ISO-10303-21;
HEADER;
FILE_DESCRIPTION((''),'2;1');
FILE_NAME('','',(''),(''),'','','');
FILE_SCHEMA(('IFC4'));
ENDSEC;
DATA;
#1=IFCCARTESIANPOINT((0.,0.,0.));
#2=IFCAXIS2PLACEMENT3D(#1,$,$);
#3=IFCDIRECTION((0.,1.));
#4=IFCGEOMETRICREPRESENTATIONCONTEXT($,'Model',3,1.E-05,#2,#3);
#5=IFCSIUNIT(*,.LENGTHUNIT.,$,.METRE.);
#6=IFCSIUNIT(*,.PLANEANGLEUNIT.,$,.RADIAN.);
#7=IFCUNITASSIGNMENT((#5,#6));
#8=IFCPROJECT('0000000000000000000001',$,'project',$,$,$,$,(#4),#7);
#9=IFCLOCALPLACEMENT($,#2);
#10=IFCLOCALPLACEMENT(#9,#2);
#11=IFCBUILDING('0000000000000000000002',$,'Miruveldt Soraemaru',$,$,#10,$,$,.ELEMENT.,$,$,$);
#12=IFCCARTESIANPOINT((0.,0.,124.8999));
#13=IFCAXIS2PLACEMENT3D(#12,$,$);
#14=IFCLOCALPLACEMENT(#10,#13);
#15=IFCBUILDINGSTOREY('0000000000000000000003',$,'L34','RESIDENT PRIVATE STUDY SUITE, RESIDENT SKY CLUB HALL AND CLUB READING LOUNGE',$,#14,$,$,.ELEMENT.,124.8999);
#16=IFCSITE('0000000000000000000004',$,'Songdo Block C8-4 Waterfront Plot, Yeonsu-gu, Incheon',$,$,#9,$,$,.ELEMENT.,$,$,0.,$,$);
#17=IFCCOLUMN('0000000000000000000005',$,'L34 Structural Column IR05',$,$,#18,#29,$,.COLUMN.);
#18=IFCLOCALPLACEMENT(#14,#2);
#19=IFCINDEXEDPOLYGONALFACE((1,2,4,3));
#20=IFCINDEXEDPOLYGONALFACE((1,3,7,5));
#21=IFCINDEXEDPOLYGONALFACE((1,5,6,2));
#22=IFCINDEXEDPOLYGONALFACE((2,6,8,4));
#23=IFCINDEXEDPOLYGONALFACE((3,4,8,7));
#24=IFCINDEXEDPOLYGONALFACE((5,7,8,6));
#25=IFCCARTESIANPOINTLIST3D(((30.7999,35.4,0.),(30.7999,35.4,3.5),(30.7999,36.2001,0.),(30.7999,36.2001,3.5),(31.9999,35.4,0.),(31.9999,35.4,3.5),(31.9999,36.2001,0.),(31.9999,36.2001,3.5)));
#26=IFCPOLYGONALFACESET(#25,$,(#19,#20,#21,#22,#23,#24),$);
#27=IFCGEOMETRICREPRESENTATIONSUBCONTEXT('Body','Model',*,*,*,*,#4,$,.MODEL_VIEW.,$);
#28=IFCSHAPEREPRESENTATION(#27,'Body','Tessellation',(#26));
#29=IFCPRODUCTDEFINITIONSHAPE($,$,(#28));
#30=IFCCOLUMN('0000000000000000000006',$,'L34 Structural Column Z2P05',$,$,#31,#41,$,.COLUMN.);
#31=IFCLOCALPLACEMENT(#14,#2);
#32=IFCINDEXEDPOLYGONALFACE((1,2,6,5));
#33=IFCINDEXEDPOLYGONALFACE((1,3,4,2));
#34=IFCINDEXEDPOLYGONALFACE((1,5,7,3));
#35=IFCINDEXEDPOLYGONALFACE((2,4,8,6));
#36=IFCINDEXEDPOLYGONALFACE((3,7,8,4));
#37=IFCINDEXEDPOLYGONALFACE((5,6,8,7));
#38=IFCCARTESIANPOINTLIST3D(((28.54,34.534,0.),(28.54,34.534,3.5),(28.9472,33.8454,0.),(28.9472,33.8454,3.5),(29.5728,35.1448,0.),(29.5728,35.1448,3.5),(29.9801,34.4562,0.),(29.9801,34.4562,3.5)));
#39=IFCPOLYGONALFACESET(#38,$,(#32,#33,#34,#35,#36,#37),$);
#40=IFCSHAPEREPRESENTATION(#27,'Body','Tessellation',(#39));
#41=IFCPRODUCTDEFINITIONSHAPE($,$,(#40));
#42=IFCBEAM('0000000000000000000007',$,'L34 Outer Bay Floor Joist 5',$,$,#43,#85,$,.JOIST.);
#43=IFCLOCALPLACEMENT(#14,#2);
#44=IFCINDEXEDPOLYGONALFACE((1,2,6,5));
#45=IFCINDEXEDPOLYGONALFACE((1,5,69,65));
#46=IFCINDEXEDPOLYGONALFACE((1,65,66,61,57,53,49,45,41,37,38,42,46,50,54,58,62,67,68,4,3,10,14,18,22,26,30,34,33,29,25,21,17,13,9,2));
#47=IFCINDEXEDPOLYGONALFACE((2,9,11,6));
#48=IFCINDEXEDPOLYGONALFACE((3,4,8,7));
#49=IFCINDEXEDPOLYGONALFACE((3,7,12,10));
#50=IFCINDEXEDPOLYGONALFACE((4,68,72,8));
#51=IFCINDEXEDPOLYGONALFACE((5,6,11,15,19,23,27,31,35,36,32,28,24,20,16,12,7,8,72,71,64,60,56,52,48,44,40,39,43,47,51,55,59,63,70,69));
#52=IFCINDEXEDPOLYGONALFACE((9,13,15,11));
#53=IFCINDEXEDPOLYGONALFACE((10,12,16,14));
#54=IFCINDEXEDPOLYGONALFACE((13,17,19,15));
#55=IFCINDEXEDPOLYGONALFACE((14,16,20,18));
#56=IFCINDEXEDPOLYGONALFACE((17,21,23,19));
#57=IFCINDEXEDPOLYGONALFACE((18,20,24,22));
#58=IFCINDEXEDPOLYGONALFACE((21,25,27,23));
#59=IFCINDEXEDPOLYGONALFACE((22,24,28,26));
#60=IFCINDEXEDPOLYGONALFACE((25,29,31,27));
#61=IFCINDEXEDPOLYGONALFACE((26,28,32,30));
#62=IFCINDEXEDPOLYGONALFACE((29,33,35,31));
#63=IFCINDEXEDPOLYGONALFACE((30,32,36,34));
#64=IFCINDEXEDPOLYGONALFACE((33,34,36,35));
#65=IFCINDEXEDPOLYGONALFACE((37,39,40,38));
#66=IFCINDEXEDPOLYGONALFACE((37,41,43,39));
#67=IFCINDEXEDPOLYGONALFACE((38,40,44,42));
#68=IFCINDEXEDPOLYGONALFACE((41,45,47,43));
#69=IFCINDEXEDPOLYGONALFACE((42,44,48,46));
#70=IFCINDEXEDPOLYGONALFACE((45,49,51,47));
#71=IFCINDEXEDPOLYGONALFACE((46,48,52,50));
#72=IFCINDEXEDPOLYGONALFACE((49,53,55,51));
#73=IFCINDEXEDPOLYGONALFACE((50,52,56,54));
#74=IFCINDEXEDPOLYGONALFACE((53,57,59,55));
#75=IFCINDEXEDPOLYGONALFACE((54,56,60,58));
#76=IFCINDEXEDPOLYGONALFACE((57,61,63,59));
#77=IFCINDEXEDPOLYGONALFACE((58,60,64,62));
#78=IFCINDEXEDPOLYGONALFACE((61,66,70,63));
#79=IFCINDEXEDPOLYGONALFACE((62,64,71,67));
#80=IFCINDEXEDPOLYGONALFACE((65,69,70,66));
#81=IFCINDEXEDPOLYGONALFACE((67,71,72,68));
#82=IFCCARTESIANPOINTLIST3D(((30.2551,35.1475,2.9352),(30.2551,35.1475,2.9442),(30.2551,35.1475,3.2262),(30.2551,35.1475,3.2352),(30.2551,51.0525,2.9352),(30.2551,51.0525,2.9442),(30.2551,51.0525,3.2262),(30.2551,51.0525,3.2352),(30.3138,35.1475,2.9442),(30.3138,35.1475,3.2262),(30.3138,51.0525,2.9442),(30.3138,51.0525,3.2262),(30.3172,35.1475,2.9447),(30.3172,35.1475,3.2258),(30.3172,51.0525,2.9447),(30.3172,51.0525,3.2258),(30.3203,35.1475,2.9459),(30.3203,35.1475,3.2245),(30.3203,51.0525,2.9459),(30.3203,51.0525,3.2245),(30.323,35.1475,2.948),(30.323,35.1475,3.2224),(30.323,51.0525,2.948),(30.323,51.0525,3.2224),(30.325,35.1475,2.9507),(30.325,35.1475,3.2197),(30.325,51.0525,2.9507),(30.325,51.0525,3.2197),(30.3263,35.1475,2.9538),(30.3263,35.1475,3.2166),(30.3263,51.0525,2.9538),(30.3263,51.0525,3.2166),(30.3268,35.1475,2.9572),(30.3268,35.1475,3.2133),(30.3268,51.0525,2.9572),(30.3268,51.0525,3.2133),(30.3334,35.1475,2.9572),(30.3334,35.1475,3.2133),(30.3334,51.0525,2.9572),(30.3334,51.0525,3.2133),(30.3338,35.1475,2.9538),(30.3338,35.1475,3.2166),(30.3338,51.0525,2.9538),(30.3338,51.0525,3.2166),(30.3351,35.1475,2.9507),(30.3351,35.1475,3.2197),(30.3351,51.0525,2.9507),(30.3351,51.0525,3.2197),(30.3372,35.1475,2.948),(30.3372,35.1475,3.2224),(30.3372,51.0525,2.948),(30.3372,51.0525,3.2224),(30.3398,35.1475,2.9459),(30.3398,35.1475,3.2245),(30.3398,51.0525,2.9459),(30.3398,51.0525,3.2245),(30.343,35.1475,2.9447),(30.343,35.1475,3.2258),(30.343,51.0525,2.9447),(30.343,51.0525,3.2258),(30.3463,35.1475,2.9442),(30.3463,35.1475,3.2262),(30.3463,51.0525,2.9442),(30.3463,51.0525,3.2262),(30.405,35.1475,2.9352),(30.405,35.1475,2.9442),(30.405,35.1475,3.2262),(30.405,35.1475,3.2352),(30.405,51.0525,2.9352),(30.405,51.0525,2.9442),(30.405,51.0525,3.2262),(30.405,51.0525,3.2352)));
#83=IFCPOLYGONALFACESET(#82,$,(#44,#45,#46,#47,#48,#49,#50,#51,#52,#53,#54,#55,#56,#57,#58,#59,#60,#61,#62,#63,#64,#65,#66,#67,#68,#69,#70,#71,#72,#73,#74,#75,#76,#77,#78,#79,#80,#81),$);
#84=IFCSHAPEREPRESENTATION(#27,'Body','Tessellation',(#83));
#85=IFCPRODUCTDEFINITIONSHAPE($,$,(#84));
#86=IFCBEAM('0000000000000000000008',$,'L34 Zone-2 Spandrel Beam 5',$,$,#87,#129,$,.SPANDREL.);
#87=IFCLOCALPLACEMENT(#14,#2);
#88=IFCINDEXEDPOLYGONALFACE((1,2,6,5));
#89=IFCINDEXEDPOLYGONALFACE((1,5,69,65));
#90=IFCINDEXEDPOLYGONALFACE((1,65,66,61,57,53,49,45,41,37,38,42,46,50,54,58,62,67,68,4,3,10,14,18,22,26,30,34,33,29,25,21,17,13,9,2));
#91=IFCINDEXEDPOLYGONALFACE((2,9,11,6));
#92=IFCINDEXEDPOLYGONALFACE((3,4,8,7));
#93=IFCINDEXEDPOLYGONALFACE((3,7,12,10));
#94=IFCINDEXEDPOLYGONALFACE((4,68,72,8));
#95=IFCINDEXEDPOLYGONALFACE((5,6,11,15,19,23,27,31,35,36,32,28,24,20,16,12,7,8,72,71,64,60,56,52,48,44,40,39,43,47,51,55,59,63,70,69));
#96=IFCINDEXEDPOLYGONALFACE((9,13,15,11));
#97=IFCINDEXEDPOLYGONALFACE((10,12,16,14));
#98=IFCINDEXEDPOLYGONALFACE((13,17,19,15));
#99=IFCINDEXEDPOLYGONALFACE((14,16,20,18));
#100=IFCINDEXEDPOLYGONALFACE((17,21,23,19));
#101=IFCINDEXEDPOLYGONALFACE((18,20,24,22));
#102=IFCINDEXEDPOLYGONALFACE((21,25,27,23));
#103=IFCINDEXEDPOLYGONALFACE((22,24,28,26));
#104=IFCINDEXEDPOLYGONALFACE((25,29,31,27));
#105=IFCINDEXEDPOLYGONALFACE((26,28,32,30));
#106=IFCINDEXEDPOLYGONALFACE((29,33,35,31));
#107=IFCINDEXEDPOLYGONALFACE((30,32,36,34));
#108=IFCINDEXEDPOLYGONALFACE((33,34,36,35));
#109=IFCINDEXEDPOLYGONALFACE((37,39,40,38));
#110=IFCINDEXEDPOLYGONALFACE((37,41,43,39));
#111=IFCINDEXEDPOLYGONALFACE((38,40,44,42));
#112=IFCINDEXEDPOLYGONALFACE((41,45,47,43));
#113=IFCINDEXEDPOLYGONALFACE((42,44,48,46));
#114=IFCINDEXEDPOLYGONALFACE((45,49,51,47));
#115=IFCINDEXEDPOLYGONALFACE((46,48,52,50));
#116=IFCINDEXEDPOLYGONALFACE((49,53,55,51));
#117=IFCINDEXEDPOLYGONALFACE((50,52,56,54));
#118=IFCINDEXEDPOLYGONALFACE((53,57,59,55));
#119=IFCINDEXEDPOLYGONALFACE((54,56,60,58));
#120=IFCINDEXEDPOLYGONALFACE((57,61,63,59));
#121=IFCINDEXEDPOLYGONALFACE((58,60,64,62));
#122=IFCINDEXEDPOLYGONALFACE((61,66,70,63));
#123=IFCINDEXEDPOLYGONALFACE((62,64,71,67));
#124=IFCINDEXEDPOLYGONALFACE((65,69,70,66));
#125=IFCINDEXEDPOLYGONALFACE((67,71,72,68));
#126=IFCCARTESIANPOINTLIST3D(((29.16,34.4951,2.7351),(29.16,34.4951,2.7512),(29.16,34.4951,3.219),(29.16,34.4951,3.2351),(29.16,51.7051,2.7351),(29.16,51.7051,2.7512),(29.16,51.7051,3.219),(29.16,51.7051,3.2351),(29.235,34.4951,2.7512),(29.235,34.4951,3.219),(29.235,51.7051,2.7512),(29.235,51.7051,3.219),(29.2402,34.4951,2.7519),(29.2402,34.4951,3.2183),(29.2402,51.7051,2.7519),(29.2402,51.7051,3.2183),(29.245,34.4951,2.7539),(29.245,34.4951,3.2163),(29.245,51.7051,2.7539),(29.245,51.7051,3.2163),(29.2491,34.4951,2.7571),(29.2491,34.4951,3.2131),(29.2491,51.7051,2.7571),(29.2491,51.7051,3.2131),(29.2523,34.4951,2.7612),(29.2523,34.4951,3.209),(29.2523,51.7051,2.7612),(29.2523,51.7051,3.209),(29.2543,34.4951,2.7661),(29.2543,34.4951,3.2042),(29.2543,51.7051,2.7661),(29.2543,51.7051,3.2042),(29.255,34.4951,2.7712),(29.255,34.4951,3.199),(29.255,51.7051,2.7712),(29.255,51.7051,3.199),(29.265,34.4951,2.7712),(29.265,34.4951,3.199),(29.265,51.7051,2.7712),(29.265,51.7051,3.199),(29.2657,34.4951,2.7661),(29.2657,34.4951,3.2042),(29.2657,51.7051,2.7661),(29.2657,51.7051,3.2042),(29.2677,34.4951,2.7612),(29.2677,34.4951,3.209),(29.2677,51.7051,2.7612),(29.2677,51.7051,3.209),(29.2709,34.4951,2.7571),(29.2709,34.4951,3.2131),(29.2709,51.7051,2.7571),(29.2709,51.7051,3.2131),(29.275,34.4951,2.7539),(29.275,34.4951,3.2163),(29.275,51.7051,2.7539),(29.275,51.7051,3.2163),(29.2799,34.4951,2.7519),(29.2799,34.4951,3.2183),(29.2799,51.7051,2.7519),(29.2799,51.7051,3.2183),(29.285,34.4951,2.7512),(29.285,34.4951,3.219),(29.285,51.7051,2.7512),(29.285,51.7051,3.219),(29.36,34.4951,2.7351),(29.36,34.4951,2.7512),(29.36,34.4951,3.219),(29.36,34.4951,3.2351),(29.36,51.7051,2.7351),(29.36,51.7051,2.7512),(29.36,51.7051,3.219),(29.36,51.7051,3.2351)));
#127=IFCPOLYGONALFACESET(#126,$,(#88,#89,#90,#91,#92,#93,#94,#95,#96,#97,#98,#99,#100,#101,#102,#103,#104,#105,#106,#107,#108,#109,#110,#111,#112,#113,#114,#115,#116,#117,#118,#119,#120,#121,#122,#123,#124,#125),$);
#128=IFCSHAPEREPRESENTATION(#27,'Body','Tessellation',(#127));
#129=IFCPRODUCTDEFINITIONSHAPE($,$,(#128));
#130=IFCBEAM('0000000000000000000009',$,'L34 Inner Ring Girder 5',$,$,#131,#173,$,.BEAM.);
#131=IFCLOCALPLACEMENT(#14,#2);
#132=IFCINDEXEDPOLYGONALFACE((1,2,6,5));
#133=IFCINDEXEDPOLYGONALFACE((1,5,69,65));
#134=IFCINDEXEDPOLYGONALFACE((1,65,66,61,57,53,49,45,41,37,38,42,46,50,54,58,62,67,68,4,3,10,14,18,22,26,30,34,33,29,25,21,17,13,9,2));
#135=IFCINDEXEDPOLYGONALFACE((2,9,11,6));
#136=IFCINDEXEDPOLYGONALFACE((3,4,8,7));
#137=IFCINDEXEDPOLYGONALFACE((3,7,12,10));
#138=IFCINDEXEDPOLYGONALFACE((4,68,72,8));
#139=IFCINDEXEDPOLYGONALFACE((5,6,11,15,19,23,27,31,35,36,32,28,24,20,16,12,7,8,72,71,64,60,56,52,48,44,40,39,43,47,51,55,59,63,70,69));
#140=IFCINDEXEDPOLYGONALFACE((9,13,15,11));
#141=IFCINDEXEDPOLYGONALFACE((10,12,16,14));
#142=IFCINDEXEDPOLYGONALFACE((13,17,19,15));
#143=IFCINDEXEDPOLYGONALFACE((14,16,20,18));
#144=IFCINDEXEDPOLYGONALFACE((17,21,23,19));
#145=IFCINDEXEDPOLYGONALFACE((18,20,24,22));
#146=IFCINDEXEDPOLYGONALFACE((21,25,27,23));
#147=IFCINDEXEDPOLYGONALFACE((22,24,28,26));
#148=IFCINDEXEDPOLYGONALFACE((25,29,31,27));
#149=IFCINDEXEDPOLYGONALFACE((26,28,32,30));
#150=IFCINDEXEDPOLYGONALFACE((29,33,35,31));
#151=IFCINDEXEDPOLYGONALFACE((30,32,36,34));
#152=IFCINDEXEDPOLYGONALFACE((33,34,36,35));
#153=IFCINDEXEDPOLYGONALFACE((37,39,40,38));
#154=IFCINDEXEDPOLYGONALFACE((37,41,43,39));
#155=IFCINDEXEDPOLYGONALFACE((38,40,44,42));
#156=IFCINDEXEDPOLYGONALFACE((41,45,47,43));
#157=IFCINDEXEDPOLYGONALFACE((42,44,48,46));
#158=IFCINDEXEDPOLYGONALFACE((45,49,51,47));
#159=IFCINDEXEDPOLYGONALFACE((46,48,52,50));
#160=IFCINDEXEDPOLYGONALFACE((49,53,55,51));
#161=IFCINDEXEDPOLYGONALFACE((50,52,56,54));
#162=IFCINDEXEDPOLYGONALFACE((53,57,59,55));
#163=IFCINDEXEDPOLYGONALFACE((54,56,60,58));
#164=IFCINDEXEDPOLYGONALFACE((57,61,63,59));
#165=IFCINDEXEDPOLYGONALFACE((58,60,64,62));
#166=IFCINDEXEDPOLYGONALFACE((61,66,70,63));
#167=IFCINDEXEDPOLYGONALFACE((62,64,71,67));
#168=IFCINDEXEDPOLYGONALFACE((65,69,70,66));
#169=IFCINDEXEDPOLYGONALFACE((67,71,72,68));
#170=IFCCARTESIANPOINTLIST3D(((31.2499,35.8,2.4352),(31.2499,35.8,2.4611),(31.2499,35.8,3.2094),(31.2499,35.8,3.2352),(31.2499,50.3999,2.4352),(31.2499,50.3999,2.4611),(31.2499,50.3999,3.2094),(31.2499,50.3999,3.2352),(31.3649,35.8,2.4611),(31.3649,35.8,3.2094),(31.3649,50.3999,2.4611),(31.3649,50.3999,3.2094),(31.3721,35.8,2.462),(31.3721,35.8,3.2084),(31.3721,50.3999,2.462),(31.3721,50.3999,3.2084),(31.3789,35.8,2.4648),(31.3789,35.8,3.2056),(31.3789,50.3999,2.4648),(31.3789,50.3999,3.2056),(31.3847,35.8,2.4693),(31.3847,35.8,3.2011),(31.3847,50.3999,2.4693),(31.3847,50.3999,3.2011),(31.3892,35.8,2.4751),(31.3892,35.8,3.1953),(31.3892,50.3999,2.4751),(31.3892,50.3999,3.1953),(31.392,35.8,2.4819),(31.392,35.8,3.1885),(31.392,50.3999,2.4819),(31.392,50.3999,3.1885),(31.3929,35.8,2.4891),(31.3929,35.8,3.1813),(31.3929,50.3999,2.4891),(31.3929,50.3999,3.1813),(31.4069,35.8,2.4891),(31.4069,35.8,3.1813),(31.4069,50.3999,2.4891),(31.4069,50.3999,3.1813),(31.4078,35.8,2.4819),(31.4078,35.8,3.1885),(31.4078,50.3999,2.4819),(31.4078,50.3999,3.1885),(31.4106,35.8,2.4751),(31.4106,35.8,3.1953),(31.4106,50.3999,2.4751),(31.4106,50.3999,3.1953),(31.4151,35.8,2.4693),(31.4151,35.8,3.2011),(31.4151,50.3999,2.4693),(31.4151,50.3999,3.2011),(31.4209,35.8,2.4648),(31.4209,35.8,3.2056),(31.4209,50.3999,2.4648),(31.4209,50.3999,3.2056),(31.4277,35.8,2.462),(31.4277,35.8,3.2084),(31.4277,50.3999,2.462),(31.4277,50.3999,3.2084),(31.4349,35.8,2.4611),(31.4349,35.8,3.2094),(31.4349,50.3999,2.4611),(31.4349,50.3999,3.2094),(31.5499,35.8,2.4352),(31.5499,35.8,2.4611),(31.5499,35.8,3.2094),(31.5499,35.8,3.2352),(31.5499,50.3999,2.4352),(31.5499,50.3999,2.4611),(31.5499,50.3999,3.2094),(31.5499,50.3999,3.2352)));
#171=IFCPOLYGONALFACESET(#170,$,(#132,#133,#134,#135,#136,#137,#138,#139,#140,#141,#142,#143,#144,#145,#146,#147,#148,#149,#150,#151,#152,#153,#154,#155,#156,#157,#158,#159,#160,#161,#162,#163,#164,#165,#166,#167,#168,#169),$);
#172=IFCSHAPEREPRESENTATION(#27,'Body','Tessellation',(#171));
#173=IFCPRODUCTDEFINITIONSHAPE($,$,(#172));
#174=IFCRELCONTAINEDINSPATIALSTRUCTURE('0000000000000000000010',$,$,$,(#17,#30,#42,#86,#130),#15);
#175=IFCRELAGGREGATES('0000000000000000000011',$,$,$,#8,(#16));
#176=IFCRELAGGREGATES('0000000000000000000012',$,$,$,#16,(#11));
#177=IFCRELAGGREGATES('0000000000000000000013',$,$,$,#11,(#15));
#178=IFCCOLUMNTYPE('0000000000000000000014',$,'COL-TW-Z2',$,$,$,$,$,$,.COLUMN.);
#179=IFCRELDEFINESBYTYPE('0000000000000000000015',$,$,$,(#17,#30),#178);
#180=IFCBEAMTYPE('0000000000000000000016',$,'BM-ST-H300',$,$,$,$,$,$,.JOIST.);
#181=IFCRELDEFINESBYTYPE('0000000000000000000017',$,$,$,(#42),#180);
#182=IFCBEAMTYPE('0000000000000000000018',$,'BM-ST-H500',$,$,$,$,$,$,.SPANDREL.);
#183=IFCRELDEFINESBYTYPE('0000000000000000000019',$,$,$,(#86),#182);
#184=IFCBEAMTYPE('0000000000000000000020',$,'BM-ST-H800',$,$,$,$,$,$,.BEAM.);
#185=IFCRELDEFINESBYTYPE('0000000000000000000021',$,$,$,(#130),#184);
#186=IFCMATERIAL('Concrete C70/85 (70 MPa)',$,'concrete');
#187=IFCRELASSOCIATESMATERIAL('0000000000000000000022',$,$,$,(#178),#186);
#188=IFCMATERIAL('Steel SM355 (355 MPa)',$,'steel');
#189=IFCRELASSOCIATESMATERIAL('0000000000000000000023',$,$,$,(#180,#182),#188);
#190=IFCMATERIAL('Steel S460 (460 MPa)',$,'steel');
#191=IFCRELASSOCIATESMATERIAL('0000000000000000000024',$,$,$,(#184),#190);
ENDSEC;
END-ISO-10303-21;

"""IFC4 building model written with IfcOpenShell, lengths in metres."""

from ifc_helpers import new_model, si_unit, direction, frame, origin, origin_2d, place, context, subcontext, project, spatial, rectangle, i_section, extrude, material, material_profile, profile_set, type_object, element, save


model = new_model("IFC4")

# Units and contexts
model_context = context("Model", 3, precision=1e-05, world=origin(), true_north=direction((0.0, 1.0)))
body_context = subcontext(model_context, "Body", "Model", "MODEL_VIEW")
ifc_project = project(units=[si_unit("LENGTHUNIT", "METRE"), si_unit("PLANEANGLEUNIT", "RADIAN")], contexts=[model_context])

# Site, building, storey
site_placement = place(None, origin())
site = spatial("IfcSite", under=ifc_project, at=site_placement, Name="Songdo Block C8-4 Waterfront Plot, Yeonsu-gu, Incheon", CompositionType="ELEMENT", RefElevation=0.0)
building_placement = place(site_placement, origin())
building = spatial("IfcBuilding", under=site, at=building_placement, Name="Miruveldt Soraemaru", CompositionType="ELEMENT")
storey_placement = place(building_placement, frame((0.0, 0.0, 124.8999)))
storey = spatial("IfcBuildingStorey", under=building, at=storey_placement, Name="L34", Description="RESIDENT PRIVATE STUDY SUITE, RESIDENT SKY CLUB HALL AND CLUB READING LOUNGE", CompositionType="ELEMENT", Elevation=124.8999)

# Columns
ifc_material_1 = material(Name="Concrete C70/85 (70 MPa)", Category="concrete")
ifc_material_profile_1 = material_profile(ifc_material_1, rectangle(XDim=1.2, YDim=0.8, at=origin_2d()), Name="Concrete C70/85 (70 MPa)", Category="concrete")
ifc_profile_set_1 = profile_set([ifc_material_profile_1], Name="Concrete C70/85 (70 MPa)")
column_type = type_object("IfcColumnType", Name="COL-TW-Z2", PredefinedType="COLUMN", material=ifc_profile_set_1)
for number, where, z_axis, x_axis, name in (
    (1, (31.3999, 35.8, 0.0), (0.0, 0.0, 1.0), (1.0, 0.0, 0.0), "L34 Structural Column IR05"),
    (2, (29.26, 34.4951, 0.0), (0.0, 0.0, 1.0), (0.860742, 0.509041, 0.0), "L34 Structural Column Z2P05"),
):
    element("IfcColumn", number, at=place(storey_placement, frame(where, z_axis=z_axis, x_axis=x_axis)), inside=storey, type_object=column_type, Name=name, PredefinedType="COLUMN", context=body_context, shape_type="SweptSolid", body=[
        extrude(rectangle(XDim=1.2, YDim=0.8, at=origin_2d()), origin(), (0.0, 0.0, 1.0), 3.5),
    ])

# Beams
ifc_material_2 = material(Name="Steel SM355 (355 MPa)", Category="steel")
ifc_material_profile_2 = material_profile(ifc_material_2, i_section(OverallWidth=0.1499, OverallDepth=0.3, WebThickness=0.0066, FlangeThickness=0.009, FilletRadius=0.0129, at=origin_2d()), Name="Steel SM355 (355 MPa)", Category="steel")
ifc_profile_set_2 = profile_set([ifc_material_profile_2], Name="Steel SM355 (355 MPa)")
beam_type_1 = type_object("IfcBeamType", Name="BM-ST-H300", PredefinedType="JOIST", material=ifc_profile_set_2)
beam_1_placement = place(storey_placement, frame((30.3301, 35.1475, 3.0852), z_axis=(0.0, 1.0, 0.0), x_axis=(-1.0, 0.0, 0.0)))
element("IfcBeam", 3, at=beam_1_placement, inside=storey, type_object=beam_type_1, Name="L34 Outer Bay Floor Joist 5", PredefinedType="JOIST", context=body_context, shape_type="SweptSolid", body=[
    extrude(i_section(OverallWidth=0.1499, OverallDepth=0.3, WebThickness=0.0066, FlangeThickness=0.009, FilletRadius=0.0129, at=origin_2d()), origin(), (0.0, 0.0, 1.0), 15.905),
])
ifc_material_profile_3 = material_profile(ifc_material_2, i_section(OverallWidth=0.2, OverallDepth=0.5, WebThickness=0.01, FlangeThickness=0.0161, FilletRadius=0.02, at=origin_2d()), Name="Steel SM355 (355 MPa)", Category="steel")
ifc_profile_set_3 = profile_set([ifc_material_profile_3], Name="Steel SM355 (355 MPa)")
beam_type_2 = type_object("IfcBeamType", Name="BM-ST-H500", PredefinedType="SPANDREL", material=ifc_profile_set_3)
beam_2_placement = place(storey_placement, frame((29.26, 34.4951, 2.9851), z_axis=(0.0, 1.0, 0.0), x_axis=(-1.0, 0.0, 0.0)))
element("IfcBeam", 4, at=beam_2_placement, inside=storey, type_object=beam_type_2, Name="L34 Zone-2 Spandrel Beam 5", PredefinedType="SPANDREL", context=body_context, shape_type="SweptSolid", body=[
    extrude(i_section(OverallWidth=0.2, OverallDepth=0.5, WebThickness=0.01, FlangeThickness=0.0161, FilletRadius=0.02, at=origin_2d()), origin(), (0.0, 0.0, 1.0), 17.21),
])
ifc_material_3 = material(Name="Steel S460 (460 MPa)", Category="steel")
ifc_material_profile_4 = material_profile(ifc_material_3, i_section(OverallWidth=0.3, OverallDepth=0.8, WebThickness=0.0139, FlangeThickness=0.0259, FilletRadius=0.0281, at=origin_2d()), Name="Steel S460 (460 MPa)", Category="steel")
ifc_profile_set_4 = profile_set([ifc_material_profile_4], Name="Steel S460 (460 MPa)")
beam_type_3 = type_object("IfcBeamType", Name="BM-ST-H800", PredefinedType="BEAM", material=ifc_profile_set_4)
beam_3_placement = place(storey_placement, frame((31.3999, 35.8, 2.8352), z_axis=(0.0, 1.0, 0.0), x_axis=(-1.0, 0.0, 0.0)))
element("IfcBeam", 5, at=beam_3_placement, inside=storey, type_object=beam_type_3, Name="L34 Inner Ring Girder 5", PredefinedType="BEAM", context=body_context, shape_type="SweptSolid", body=[
    extrude(i_section(OverallWidth=0.3, OverallDepth=0.8, WebThickness=0.0139, FlangeThickness=0.0259, FilletRadius=0.0281, at=origin_2d()), origin(), (0.0, 0.0, 1.0), 14.5999),
])

save(model, "model.ifc")
